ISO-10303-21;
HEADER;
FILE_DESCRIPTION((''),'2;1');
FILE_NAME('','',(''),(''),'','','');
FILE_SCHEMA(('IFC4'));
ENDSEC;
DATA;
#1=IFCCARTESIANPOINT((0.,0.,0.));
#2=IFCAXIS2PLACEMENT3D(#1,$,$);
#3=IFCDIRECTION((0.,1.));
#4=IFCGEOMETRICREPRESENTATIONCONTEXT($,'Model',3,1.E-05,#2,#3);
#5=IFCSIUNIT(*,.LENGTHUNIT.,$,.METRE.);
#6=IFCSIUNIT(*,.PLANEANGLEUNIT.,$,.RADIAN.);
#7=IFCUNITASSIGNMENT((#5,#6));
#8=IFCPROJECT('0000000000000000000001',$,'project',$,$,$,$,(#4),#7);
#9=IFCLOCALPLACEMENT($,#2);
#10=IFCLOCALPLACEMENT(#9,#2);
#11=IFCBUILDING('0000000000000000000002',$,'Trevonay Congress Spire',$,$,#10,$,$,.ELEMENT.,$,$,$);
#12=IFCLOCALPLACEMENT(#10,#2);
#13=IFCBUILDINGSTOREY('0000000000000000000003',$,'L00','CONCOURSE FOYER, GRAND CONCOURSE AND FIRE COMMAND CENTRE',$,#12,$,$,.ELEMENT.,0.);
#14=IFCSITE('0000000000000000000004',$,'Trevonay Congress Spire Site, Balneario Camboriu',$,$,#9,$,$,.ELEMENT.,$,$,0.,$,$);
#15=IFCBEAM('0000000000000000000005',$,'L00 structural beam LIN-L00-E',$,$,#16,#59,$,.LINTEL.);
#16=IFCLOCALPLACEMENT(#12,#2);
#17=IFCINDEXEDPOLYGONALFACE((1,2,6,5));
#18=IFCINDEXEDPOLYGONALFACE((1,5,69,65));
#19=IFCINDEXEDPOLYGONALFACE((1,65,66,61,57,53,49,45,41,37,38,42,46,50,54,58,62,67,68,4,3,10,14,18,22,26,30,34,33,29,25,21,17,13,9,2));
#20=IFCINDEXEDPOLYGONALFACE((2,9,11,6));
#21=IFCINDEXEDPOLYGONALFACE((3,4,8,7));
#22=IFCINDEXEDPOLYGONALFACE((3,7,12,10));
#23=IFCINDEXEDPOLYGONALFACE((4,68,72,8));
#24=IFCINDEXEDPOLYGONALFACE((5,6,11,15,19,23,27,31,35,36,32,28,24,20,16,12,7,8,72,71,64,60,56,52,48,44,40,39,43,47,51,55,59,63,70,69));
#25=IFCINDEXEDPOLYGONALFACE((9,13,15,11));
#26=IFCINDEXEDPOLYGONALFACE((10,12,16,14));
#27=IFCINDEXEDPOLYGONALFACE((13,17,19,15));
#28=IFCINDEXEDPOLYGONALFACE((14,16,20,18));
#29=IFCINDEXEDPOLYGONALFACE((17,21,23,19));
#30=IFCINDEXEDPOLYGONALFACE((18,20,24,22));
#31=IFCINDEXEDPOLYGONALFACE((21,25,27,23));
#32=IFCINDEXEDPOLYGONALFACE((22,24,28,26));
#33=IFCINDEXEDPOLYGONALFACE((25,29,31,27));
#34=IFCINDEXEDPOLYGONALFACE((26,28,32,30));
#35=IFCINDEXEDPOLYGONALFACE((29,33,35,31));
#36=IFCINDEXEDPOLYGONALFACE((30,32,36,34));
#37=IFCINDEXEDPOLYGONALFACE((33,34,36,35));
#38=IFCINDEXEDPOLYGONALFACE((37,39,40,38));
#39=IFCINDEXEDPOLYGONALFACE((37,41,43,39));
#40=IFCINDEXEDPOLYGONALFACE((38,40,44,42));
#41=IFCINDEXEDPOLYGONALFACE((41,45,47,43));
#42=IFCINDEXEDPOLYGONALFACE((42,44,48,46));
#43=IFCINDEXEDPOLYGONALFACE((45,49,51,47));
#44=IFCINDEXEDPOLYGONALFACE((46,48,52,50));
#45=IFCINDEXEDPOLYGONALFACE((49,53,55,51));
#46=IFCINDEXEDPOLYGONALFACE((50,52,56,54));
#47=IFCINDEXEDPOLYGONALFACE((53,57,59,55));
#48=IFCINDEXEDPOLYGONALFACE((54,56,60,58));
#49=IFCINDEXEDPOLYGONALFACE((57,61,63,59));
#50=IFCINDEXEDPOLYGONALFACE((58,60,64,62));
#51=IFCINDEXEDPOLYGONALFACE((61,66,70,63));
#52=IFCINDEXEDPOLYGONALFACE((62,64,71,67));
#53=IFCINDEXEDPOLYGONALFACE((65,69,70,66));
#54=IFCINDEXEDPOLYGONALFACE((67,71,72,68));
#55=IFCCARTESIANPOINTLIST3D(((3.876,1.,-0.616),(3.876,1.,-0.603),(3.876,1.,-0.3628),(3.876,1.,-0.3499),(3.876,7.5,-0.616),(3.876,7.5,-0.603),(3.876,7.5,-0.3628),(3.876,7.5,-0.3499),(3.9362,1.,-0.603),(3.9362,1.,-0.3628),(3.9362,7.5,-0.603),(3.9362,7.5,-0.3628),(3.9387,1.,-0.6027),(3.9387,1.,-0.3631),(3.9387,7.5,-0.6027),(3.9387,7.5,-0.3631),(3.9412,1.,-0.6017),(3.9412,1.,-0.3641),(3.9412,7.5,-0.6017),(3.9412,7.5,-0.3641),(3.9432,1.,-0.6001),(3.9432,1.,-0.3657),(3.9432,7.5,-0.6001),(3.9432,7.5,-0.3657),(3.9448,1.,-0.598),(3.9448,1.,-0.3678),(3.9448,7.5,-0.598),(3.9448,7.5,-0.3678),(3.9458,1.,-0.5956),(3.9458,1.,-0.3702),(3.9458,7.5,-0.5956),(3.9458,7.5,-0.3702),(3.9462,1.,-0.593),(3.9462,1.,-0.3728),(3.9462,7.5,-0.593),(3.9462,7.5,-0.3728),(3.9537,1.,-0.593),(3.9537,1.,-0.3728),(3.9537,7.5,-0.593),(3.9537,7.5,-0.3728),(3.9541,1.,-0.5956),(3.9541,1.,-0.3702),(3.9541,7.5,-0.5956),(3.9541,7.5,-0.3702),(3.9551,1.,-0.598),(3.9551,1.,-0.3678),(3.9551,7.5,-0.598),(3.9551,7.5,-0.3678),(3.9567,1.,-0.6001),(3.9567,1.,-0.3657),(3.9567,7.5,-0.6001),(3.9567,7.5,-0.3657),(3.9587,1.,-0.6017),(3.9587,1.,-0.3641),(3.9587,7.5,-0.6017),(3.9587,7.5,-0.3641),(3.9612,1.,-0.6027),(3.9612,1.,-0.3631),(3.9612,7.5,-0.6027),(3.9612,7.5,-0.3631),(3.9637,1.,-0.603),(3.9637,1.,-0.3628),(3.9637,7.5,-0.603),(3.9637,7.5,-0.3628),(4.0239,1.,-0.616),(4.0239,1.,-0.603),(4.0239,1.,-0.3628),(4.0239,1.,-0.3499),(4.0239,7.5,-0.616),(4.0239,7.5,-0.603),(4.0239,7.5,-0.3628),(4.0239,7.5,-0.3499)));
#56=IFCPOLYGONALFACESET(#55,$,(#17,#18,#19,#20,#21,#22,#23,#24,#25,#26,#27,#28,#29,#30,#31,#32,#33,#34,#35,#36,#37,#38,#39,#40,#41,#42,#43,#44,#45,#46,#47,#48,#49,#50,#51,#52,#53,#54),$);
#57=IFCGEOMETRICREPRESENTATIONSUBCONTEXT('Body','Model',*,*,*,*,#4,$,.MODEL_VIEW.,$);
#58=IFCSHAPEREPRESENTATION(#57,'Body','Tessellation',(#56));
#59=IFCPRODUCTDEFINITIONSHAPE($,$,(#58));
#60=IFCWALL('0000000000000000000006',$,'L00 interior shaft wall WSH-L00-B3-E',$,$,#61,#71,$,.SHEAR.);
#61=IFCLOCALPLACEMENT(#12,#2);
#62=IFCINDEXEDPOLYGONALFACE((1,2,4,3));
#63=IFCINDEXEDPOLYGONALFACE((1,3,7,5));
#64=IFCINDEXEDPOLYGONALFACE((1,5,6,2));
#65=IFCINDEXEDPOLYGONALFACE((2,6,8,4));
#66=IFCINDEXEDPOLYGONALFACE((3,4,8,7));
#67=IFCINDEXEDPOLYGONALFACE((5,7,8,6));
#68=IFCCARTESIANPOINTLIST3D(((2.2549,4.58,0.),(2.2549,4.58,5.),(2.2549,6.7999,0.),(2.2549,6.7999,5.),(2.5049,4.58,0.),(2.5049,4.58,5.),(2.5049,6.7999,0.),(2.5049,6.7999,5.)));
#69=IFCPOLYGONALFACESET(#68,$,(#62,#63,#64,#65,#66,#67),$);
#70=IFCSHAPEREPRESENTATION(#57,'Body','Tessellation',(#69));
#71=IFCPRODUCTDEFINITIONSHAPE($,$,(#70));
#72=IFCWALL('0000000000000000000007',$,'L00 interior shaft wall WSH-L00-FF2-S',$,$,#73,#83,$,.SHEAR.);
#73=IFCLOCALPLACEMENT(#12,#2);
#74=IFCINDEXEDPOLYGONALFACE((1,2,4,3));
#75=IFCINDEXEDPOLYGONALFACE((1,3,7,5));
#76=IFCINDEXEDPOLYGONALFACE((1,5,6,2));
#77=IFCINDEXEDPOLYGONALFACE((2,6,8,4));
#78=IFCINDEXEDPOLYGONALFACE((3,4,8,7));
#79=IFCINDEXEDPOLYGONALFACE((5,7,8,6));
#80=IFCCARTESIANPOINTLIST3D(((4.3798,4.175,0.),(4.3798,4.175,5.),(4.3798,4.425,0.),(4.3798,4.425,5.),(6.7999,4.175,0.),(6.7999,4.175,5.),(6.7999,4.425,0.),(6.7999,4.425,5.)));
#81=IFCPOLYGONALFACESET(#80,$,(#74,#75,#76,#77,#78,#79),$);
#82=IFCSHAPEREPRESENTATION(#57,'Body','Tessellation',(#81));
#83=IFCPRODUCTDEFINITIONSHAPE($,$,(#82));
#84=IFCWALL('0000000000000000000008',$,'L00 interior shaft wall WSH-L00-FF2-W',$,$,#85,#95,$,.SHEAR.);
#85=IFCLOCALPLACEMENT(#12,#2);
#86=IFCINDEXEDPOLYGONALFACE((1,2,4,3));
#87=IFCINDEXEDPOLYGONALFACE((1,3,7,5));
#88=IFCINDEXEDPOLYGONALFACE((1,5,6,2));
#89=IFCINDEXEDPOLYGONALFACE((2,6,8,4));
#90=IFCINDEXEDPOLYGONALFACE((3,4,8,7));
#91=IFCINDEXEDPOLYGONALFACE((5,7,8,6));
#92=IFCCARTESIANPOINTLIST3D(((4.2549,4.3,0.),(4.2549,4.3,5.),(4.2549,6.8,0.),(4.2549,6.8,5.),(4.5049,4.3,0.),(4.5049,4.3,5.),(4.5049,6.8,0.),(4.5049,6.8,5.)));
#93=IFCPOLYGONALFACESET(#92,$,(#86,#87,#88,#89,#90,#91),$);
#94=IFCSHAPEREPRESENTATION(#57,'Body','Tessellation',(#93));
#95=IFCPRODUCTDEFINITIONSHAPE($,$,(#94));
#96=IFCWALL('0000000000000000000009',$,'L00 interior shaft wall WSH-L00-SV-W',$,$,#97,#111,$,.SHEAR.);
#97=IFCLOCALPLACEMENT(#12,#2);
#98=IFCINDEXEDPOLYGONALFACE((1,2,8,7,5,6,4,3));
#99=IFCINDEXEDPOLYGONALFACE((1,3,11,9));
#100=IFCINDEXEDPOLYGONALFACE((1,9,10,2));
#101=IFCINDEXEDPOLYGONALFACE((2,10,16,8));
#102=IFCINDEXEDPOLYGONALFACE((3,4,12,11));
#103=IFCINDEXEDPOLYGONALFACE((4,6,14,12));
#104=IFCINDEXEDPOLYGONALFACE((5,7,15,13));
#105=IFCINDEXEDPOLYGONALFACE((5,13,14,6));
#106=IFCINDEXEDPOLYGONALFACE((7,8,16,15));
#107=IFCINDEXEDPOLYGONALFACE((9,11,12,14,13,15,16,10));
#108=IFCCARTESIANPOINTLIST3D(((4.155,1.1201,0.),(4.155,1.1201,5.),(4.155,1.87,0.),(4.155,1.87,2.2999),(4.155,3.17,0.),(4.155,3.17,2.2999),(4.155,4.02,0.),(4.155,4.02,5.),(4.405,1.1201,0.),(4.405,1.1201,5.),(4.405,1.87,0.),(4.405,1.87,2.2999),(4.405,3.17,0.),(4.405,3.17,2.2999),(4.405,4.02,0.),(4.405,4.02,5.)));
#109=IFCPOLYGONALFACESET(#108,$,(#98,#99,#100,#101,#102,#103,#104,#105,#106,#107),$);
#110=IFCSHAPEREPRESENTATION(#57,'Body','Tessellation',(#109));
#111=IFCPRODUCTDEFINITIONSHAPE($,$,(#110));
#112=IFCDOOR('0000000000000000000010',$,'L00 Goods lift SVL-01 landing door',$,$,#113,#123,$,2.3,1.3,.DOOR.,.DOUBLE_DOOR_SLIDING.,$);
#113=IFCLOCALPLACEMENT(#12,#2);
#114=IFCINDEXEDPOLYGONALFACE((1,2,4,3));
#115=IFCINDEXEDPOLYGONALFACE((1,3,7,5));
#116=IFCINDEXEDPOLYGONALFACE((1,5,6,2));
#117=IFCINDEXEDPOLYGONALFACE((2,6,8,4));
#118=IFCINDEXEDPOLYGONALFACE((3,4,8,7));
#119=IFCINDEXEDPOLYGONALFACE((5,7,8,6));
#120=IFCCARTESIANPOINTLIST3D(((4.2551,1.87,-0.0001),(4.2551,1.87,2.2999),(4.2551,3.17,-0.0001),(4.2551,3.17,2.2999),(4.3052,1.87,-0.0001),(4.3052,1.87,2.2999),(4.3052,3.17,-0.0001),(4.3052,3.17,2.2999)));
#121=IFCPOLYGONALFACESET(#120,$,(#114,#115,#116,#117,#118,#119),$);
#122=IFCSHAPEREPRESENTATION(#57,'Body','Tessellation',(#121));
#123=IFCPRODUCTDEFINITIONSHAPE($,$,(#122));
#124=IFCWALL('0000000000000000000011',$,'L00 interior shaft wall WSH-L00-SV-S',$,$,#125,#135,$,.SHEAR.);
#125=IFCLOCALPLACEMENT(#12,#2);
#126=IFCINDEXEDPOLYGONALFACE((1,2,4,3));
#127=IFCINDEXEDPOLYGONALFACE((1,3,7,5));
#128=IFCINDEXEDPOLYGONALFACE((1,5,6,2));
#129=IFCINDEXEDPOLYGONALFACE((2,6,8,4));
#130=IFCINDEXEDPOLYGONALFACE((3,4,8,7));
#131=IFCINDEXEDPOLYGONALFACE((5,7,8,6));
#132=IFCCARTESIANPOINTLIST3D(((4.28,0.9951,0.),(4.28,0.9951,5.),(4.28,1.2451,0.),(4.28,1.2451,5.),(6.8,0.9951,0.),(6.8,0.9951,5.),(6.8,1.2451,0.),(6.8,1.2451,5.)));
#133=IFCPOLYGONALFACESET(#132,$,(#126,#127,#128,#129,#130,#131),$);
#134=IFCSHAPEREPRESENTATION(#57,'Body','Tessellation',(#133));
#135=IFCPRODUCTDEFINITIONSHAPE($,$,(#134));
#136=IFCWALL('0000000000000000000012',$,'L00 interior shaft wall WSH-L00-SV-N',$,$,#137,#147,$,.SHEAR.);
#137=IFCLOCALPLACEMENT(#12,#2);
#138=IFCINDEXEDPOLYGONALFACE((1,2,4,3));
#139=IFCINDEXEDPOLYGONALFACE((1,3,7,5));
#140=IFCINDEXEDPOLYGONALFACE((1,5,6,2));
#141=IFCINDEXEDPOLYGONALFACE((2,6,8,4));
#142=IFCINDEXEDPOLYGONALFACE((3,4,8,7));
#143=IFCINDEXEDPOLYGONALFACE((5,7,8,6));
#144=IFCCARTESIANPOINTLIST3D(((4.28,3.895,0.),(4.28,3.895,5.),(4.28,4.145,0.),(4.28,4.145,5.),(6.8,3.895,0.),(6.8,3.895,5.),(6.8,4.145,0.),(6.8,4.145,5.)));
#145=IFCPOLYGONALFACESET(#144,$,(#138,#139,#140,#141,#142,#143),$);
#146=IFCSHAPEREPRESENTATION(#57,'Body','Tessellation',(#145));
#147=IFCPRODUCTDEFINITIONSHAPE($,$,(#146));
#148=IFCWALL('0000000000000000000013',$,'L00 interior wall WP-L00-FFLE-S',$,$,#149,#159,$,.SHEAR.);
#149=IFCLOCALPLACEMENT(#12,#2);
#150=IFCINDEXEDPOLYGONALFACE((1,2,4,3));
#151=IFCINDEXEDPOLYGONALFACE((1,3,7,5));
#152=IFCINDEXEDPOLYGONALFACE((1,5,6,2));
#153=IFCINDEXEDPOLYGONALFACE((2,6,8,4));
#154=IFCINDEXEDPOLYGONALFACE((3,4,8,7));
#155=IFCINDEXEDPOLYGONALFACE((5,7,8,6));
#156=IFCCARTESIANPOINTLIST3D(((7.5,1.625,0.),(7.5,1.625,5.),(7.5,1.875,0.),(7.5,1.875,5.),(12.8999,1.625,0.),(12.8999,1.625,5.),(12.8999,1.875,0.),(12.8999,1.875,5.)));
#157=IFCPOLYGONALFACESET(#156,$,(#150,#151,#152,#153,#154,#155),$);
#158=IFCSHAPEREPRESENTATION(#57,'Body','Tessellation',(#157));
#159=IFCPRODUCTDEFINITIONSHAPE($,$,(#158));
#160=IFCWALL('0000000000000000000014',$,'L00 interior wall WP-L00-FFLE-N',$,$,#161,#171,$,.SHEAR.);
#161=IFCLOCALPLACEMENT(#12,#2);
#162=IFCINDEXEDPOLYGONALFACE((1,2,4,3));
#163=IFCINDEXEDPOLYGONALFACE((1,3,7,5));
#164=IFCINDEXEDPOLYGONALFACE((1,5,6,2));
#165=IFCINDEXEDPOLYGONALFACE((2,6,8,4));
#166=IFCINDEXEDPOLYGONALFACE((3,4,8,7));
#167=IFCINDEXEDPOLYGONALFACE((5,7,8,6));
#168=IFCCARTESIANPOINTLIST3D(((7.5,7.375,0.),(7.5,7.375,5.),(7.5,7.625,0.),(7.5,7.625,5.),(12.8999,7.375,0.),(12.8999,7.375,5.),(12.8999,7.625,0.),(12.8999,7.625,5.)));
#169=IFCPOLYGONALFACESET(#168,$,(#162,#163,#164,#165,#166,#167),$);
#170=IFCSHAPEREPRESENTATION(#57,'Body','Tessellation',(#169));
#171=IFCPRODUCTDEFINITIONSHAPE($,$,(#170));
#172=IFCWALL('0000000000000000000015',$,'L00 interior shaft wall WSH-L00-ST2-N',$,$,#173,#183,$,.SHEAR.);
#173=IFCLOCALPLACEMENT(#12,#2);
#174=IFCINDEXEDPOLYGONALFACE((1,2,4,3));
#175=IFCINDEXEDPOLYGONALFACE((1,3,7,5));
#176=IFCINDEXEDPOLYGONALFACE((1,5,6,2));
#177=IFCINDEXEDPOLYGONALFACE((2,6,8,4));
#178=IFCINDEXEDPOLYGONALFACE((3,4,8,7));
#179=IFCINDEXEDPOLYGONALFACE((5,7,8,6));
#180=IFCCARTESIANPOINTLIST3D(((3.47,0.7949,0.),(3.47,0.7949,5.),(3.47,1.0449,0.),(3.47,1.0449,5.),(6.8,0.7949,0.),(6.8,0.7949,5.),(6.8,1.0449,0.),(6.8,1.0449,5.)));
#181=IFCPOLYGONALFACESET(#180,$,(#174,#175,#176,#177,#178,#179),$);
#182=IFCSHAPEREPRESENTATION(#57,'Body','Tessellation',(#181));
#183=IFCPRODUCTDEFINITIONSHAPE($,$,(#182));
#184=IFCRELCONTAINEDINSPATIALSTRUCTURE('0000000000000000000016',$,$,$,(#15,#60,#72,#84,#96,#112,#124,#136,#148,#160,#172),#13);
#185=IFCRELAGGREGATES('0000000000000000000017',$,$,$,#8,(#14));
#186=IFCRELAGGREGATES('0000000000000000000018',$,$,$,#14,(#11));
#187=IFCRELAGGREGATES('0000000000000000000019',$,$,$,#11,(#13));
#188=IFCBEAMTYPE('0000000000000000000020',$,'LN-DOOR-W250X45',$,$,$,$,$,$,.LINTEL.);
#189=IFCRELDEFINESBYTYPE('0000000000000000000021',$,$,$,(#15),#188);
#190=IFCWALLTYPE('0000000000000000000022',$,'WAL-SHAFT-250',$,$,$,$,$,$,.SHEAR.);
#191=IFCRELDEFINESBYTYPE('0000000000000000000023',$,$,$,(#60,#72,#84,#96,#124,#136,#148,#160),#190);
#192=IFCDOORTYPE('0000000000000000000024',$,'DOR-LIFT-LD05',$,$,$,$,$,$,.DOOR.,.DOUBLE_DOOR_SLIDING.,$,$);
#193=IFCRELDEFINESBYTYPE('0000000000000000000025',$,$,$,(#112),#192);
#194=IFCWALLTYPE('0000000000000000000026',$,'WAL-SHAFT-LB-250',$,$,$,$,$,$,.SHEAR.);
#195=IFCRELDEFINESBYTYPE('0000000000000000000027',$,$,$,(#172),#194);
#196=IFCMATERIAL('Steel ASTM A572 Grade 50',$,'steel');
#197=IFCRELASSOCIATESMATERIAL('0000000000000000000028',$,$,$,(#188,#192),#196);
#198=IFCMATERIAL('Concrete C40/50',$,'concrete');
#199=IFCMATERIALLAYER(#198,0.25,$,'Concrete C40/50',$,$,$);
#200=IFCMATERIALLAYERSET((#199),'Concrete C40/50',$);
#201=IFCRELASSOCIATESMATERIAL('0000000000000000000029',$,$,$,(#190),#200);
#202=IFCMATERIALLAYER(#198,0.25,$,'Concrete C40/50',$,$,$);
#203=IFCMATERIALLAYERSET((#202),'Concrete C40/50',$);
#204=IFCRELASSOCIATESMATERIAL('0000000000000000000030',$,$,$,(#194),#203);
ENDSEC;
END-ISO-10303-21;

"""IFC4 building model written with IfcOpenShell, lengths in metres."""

from ifc_helpers import new_model, si_unit, direction, frame, frame_2d, origin, origin_2d, place, context, subcontext, project, spatial, rectangle, i_section, extrude, material, layer, layer_set, material_profile, profile_set, type_object, element, fill, save


model = new_model("IFC4")

# Units and contexts
model_context = context("Model", 3, precision=1e-05, world=origin(), true_north=direction((0.0, 1.0)))
body_context = subcontext(model_context, "Body", "Model", "MODEL_VIEW")
ifc_project = project(units=[si_unit("LENGTHUNIT", "METRE"), si_unit("PLANEANGLEUNIT", "RADIAN")], contexts=[model_context])

# Site, building, storey
site_placement = place(None, origin())
site = spatial("IfcSite", under=ifc_project, at=site_placement, Name="Trevonay Congress Spire Site, Balneario Camboriu", CompositionType="ELEMENT", RefElevation=0.0)
building_placement = place(site_placement, origin())
building = spatial("IfcBuilding", under=site, at=building_placement, Name="Trevonay Congress Spire", CompositionType="ELEMENT")
storey_placement = place(building_placement, origin())
storey = spatial("IfcBuildingStorey", under=building, at=storey_placement, Name="L00", Description="CONCOURSE FOYER, GRAND CONCOURSE AND FIRE COMMAND CENTRE", CompositionType="ELEMENT", Elevation=0.0)

# Shared definitions
ifc_material_1 = material(Name="Steel ASTM A572 Grade 50", Category="steel")

# Beam
ifc_material_profile_1 = material_profile(ifc_material_1, i_section(OverallWidth=0.1479, OverallDepth=0.2661, WebThickness=0.0076, FlangeThickness=0.0129, FilletRadius=0.01, at=origin_2d()), Name="W250x44.8")
ifc_profile_set_1 = profile_set([ifc_material_profile_1], Name="Steel ASTM A572 Grade 50")
beam_type_1 = type_object("IfcBeamType", Name="LN-DOOR-W250X45", PredefinedType="LINTEL", material=ifc_profile_set_1)
beam_1_placement = place(storey_placement, frame((3.95, 1.0, -0.4829), z_axis=(0.0, 1.0, 0.0), x_axis=(-1.0, 0.0, 0.0)))
element("IfcBeam", 1, at=beam_1_placement, inside=storey, type_object=beam_type_1, Name="L00 structural beam LIN-L00-E", PredefinedType="LINTEL", context=body_context, shape_type="SweptSolid", body=[
    extrude(i_section(OverallWidth=0.1479, OverallDepth=0.2661, WebThickness=0.0076, FlangeThickness=0.0129, FilletRadius=0.01, at=origin_2d()), origin(), (0.0, 0.0, 1.0), 6.5),
])

# Walls
ifc_material_2 = material(Name="Concrete C40/50", Category="concrete")
ifc_layer_1 = layer(ifc_material_2, 0.25, Name="Concrete C40/50")
ifc_layer_set_1 = layer_set([ifc_layer_1], Name="Concrete C40/50")
wall_type_1 = type_object("IfcWallType", Name="WAL-SHAFT-250", PredefinedType="SHEAR", material=ifc_layer_set_1)
wall_1_placement = place(storey_placement, frame((2.3799, 4.5801, 0.0), z_axis=(0.0, 0.0, 1.0), x_axis=(0.0, 1.0, 0.0)))
element("IfcWall", 2, at=wall_1_placement, inside=storey, type_object=wall_type_1, Name="L00 interior shaft wall WSH-L00-B3-E", PredefinedType="SHEAR", context=body_context, shape_type="SweptSolid", body=[
    extrude(rectangle(XDim=2.22, YDim=0.25, at=frame_2d((1.1099, 0.0))), origin(), (0.0, 0.0, 1.0), 5.0),
])
wall_2_placement = place(storey_placement, frame((4.3799, 4.3, 0.0), z_axis=(0.0, 0.0, 1.0), x_axis=(1.0, 0.0, 0.0)))
element("IfcWall", 3, at=wall_2_placement, inside=storey, type_object=wall_type_1, Name="L00 interior shaft wall WSH-L00-FF2-S", PredefinedType="SHEAR", context=body_context, shape_type="SweptSolid", body=[
    extrude(rectangle(XDim=2.4202, YDim=0.25, at=frame_2d((1.21, 0.0))), origin(), (0.0, 0.0, 1.0), 5.0),
])
wall_3_placement = place(storey_placement, frame((4.3799, 4.3, 0.0), z_axis=(0.0, 0.0, 1.0), x_axis=(0.0, 1.0, 0.0)))
element("IfcWall", 4, at=wall_3_placement, inside=storey, type_object=wall_type_1, Name="L00 interior shaft wall WSH-L00-FF2-W", PredefinedType="SHEAR", context=body_context, shape_type="SweptSolid", body=[
    extrude(rectangle(XDim=2.5, YDim=0.25, at=frame_2d((1.25, 0.0))), origin(), (0.0, 0.0, 1.0), 5.0),
])

# Wall, opening, door
wall_4_placement = place(storey_placement, frame((4.28, 1.1201, 0.0), z_axis=(0.0, 0.0, 1.0), x_axis=(0.0, 1.0, 0.0)))
wall_4 = element("IfcWall", 5, at=wall_4_placement, inside=storey, type_object=wall_type_1, Name="L00 interior shaft wall WSH-L00-SV-W", PredefinedType="SHEAR", context=body_context, shape_type="SweptSolid", body=[
    extrude(rectangle(XDim=2.8999, YDim=0.25, at=frame_2d((1.45, 0.0))), origin(), (0.0, 0.0, 1.0), 5.0),
])
opening_placement = place(wall_4_placement, frame((0.75, 0.0, 0.0)))
opening = element("IfcOpeningElement", 6, at=opening_placement, cuts=wall_4, PredefinedType="OPENING", context=body_context, shape_type="SweptSolid", body=[
    extrude(rectangle(XDim=1.3, YDim=2.3, at=frame_2d((0.6499, 1.1499))), frame((0.0, 0.135, 0.0), z_axis=(0.0, -1.0, 0.0), x_axis=(1.0, 0.0, 0.0)), (0.0, 0.0, 1.0), 0.27),
])
door_type = type_object("IfcDoorType", Name="DOR-LIFT-LD05", OperationType="DOUBLE_DOOR_SLIDING", PredefinedType="DOOR", material=ifc_material_1)
door_placement = place(opening_placement, origin())
door = element("IfcDoor", 7, at=door_placement, inside=storey, type_object=door_type, Name="L00 Goods lift SVL-01 landing door", OperationType="DOUBLE_DOOR_SLIDING", OverallHeight=2.3, OverallWidth=1.3, PredefinedType="DOOR", context=body_context, shape_type="SweptSolid", body=[
    extrude(rectangle(XDim=1.3, YDim=2.3, at=frame_2d((0.6499, 1.1499))), frame((0.0, 0.0249, 0.0), z_axis=(0.0, -1.0, 0.0), x_axis=(1.0, 0.0, 0.0)), (0.0, 0.0, 1.0), 0.05),
])
fill(opening, door)

# Walls
for number, where, z_axis, x_axis, name in (
    (8, (4.28, 1.1201, 0.0), (0.0, 0.0, 1.0), (1.0, 0.0, 0.0), "L00 interior shaft wall WSH-L00-SV-S"),
    (9, (4.28, 4.02, 0.0), (0.0, 0.0, 1.0), (1.0, 0.0, 0.0), "L00 interior shaft wall WSH-L00-SV-N"),
):
    element("IfcWall", number, at=place(storey_placement, frame(where, z_axis=z_axis, x_axis=x_axis)), inside=storey, type_object=wall_type_1, Name=name, PredefinedType="SHEAR", context=body_context, shape_type="SweptSolid", body=[
        extrude(rectangle(XDim=2.52, YDim=0.25, at=frame_2d((1.26, 0.0))), origin(), (0.0, 0.0, 1.0), 5.0),
    ])
for number, where, z_axis, x_axis, name in (
    (10, (7.5, 1.75, 0.0), (0.0, 0.0, 1.0), (1.0, 0.0, 0.0), "L00 interior wall WP-L00-FFLE-S"),
    (11, (7.5, 7.5, 0.0), (0.0, 0.0, 1.0), (1.0, 0.0, 0.0), "L00 interior wall WP-L00-FFLE-N"),
):
    element("IfcWall", number, at=place(storey_placement, frame(where, z_axis=z_axis, x_axis=x_axis)), inside=storey, type_object=wall_type_1, Name=name, PredefinedType="SHEAR", context=body_context, shape_type="SweptSolid", body=[
        extrude(rectangle(XDim=5.3999, YDim=0.25, at=frame_2d((2.7, 0.0))), origin(), (0.0, 0.0, 1.0), 5.0),
    ])
ifc_layer_2 = layer(ifc_material_2, 0.25, Name="Concrete C40/50")
ifc_layer_set_2 = layer_set([ifc_layer_2], Name="Concrete C40/50")
wall_type_2 = type_object("IfcWallType", Name="WAL-SHAFT-LB-250", PredefinedType="SHEAR", material=ifc_layer_set_2)
wall_5_placement = place(storey_placement, frame((3.47, 0.9199, 0.0), z_axis=(0.0, 0.0, 1.0), x_axis=(1.0, 0.0, 0.0)))
element("IfcWall", 12, at=wall_5_placement, inside=storey, type_object=wall_type_2, Name="L00 interior shaft wall WSH-L00-ST2-N", PredefinedType="SHEAR", context=body_context, shape_type="SweptSolid", body=[
    extrude(rectangle(XDim=3.3301, YDim=0.25, at=frame_2d((1.665, 0.0))), origin(), (0.0, 0.0, 1.0), 5.0),
])

save(model, "model.ifc")
